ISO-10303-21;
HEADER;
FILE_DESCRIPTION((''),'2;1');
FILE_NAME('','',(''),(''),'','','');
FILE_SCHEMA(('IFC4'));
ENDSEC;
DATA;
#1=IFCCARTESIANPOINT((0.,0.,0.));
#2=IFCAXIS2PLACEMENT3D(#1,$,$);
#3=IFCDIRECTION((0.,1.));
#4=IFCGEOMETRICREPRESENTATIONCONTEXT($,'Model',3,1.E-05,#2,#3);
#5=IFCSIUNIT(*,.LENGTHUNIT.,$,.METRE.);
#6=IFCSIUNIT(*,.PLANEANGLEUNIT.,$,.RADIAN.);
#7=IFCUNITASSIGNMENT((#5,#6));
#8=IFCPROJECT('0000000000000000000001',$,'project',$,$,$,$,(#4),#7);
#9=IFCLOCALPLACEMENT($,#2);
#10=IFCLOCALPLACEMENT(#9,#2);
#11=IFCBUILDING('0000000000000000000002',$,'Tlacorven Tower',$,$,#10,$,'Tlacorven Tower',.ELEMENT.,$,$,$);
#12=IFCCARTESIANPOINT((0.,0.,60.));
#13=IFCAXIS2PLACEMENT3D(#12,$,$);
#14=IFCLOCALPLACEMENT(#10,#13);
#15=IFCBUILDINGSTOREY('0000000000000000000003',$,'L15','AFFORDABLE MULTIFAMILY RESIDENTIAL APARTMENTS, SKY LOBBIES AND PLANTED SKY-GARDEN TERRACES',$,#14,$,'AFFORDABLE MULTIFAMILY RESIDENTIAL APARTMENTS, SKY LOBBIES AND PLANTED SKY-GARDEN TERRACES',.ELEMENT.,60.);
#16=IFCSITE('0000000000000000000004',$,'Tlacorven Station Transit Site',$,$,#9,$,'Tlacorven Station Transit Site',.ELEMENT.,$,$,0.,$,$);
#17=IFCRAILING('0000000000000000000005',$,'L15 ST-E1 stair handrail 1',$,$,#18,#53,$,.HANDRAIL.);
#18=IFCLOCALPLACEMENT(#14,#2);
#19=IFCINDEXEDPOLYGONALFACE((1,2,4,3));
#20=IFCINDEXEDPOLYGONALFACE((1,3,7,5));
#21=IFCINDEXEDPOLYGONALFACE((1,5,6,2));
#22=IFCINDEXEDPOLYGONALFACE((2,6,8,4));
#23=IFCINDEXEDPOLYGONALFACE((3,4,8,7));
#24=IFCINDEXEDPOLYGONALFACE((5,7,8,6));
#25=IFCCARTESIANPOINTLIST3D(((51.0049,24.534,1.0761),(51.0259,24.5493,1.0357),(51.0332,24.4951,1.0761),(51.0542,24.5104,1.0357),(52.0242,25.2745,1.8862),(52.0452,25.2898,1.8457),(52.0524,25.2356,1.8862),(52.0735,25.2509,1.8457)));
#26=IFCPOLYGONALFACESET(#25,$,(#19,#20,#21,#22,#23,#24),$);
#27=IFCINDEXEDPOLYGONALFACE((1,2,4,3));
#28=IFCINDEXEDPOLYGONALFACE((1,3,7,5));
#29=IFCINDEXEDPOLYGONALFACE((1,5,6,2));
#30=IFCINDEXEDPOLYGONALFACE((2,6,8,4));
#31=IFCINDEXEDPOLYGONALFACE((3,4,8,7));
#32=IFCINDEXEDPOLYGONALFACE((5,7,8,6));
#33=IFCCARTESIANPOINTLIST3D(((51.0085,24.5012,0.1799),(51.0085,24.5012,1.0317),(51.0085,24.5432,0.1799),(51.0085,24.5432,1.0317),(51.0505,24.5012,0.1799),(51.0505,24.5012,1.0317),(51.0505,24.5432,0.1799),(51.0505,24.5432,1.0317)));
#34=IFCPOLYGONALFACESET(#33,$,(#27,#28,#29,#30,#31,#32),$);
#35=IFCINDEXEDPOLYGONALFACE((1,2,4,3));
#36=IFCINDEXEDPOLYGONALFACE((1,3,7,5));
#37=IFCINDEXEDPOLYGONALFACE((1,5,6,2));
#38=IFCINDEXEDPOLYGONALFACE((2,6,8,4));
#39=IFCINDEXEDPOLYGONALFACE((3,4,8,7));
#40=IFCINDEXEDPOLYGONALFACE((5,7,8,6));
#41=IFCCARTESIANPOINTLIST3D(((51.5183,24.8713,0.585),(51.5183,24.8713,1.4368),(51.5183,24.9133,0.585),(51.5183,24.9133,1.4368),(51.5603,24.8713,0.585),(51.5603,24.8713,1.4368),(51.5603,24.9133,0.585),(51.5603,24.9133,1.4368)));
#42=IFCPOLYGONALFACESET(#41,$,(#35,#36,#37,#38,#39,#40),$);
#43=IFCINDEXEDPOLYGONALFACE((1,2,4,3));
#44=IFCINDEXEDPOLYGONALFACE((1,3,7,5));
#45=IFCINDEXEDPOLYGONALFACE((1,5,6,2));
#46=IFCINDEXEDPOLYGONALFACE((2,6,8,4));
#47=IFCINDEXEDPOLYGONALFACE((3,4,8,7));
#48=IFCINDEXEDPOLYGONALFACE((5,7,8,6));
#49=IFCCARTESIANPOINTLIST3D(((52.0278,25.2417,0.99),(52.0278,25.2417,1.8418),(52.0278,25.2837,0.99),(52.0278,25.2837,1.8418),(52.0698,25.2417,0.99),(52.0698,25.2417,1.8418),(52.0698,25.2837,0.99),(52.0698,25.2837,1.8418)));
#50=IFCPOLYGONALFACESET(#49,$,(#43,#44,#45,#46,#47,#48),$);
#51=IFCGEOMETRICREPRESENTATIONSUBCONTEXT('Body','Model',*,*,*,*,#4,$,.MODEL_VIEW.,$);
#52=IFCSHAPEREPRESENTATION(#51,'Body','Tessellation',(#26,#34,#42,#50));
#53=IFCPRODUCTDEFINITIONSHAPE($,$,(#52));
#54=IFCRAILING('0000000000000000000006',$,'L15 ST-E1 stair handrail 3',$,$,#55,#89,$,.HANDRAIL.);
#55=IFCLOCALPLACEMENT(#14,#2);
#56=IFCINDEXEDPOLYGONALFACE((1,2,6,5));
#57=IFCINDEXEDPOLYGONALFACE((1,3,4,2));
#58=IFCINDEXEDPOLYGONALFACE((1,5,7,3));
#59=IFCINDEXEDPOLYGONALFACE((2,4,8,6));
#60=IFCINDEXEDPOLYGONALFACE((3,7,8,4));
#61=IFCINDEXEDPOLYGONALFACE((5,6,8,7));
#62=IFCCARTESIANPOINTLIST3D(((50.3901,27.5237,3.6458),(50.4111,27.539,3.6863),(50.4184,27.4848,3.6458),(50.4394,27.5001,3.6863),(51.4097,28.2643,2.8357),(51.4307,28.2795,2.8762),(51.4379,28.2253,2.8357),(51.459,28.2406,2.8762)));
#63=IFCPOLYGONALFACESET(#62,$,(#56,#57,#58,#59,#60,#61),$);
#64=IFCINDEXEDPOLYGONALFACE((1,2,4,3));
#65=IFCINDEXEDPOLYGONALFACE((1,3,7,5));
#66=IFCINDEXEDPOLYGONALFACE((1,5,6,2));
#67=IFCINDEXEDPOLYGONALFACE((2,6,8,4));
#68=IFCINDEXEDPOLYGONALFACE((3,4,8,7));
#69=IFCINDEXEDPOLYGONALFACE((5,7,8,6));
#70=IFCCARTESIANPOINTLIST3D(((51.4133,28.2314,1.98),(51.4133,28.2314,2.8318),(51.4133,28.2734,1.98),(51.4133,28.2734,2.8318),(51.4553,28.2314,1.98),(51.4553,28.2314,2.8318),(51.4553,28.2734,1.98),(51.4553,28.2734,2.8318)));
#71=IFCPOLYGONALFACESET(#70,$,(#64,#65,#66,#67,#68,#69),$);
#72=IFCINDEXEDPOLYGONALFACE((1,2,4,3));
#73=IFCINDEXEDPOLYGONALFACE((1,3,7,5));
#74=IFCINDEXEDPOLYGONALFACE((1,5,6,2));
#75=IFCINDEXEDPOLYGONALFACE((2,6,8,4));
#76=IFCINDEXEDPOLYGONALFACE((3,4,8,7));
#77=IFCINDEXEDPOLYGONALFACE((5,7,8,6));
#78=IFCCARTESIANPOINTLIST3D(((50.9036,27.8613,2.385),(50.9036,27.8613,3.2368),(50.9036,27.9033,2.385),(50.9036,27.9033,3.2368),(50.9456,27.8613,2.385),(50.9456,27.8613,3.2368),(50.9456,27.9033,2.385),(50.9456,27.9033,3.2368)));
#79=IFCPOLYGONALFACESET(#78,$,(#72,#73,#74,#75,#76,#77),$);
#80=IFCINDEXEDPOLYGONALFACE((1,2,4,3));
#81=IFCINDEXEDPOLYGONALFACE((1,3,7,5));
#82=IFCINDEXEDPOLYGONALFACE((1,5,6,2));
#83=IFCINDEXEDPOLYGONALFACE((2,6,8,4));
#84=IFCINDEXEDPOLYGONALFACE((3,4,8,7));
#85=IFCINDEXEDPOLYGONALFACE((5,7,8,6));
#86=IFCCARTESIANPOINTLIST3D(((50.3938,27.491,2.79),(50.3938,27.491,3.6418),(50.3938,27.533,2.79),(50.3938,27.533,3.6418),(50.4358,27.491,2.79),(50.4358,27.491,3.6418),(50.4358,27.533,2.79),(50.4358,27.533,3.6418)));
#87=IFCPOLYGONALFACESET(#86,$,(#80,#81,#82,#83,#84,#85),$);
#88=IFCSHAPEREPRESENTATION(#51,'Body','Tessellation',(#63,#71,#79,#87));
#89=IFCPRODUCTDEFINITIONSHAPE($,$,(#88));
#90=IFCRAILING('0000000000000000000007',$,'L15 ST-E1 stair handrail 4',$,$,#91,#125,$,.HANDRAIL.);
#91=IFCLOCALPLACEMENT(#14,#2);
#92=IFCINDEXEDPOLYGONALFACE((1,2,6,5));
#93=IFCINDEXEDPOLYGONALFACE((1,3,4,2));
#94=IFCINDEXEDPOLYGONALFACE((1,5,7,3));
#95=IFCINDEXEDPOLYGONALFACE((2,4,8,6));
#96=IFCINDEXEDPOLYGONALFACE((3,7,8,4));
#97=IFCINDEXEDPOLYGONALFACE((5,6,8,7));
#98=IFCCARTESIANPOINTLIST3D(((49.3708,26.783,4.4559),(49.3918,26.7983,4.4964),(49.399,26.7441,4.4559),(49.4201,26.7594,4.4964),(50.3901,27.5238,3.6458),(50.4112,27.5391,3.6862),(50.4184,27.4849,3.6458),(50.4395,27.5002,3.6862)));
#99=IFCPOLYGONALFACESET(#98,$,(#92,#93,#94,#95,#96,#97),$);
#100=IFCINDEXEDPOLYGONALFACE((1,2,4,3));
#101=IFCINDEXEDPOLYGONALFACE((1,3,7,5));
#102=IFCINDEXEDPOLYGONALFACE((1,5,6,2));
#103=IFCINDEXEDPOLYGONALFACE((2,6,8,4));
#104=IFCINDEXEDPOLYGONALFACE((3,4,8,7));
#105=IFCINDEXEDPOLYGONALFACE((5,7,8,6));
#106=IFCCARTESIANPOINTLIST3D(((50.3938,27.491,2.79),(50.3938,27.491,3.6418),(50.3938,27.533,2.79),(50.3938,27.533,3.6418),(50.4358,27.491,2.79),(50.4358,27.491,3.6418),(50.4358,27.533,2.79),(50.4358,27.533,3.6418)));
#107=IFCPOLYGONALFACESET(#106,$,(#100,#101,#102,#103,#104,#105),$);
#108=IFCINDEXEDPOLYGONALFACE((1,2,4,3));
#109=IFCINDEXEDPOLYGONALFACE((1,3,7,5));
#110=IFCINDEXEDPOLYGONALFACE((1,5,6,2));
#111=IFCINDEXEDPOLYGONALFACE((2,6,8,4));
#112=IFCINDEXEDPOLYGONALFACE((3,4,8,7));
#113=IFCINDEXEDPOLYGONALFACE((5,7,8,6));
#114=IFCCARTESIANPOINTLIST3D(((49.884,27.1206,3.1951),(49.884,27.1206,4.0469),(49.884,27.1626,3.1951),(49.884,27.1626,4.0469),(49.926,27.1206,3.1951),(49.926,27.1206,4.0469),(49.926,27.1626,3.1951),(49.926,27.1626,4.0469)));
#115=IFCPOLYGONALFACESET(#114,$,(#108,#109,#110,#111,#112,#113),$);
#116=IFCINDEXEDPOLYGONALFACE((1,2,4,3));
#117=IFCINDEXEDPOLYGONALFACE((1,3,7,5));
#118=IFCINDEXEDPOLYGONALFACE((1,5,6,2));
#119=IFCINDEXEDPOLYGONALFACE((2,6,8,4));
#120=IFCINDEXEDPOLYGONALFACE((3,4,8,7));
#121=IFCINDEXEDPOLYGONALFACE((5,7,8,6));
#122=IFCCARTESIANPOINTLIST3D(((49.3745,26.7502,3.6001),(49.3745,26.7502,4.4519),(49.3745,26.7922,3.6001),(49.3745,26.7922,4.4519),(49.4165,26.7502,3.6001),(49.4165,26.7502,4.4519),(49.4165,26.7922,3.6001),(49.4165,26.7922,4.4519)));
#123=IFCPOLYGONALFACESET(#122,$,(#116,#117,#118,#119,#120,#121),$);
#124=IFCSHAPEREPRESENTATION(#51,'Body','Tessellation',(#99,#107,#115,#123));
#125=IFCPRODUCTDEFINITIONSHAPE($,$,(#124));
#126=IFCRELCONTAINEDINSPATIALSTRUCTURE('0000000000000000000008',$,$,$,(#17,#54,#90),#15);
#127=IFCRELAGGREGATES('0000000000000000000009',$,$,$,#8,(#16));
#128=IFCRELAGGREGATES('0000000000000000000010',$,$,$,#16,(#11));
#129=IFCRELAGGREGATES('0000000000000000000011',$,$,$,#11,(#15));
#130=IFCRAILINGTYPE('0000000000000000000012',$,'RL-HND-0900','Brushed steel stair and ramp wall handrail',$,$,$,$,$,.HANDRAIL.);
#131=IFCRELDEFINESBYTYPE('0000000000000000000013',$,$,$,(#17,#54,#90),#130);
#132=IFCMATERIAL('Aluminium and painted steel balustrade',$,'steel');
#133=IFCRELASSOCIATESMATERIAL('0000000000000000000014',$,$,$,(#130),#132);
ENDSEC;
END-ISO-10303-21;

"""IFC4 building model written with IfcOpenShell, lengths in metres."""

from ifc_helpers import new_model, si_unit, direction, frame, origin, origin_2d, place, context, subcontext, project, spatial, rectangle, extrude, source, transform, mapped, material, type_object, element, save


model = new_model("IFC4")

# Units and contexts
model_context = context("Model", 3, precision=1e-05, world=origin(), true_north=direction((0.0, 1.0)))
body_context = subcontext(model_context, "Body", "Model", "MODEL_VIEW")
ifc_project = project(units=[si_unit("LENGTHUNIT", "METRE"), si_unit("PLANEANGLEUNIT", "RADIAN")], contexts=[model_context])

# Site, building, storey
site_placement = place(None, origin())
site = spatial("IfcSite", under=ifc_project, at=site_placement, Name="Tlacorven Station Transit Site", LongName="Tlacorven Station Transit Site", CompositionType="ELEMENT", RefElevation=0.0)
building_placement = place(site_placement, origin())
building = spatial("IfcBuilding", under=site, at=building_placement, Name="Tlacorven Tower", LongName="Tlacorven Tower", CompositionType="ELEMENT")
storey_placement = place(building_placement, frame((0.0, 0.0, 60.0)))
storey = spatial("IfcBuildingStorey", under=building, at=storey_placement, Name="L15", Description="AFFORDABLE MULTIFAMILY RESIDENTIAL APARTMENTS, SKY LOBBIES AND PLANTED SKY-GARDEN TERRACES", LongName="AFFORDABLE MULTIFAMILY RESIDENTIAL APARTMENTS, SKY LOBBIES AND PLANTED SKY-GARDEN TERRACES", CompositionType="ELEMENT", Elevation=60.0)

# Railings
ifc_material_1 = material(Name="Aluminium and painted steel balustrade", Category="steel")
railing_type_1 = type_object("IfcRailingType", Name="RL-HND-0900", Description="Brushed steel stair and ramp wall handrail", PredefinedType="HANDRAIL", material=ifc_material_1)
shared_shape_1 = source(origin(), body_context, "Body", "SweptSolid", [
    extrude(rectangle(XDim=0.0481, YDim=0.0481, at=origin_2d()), frame((0.0, 0.0, 0.876), z_axis=(0.680516, 0.494373, 0.540827), x_axis=(-0.587745, 0.809046, 0.0)), (0.0, 0.0, 1.0), 1.4978),
    extrude(rectangle(XDim=0.042, YDim=0.042, at=origin_2d()), origin(), (0.0, 0.0, 1.0), 0.8518),
    extrude(rectangle(XDim=0.042, YDim=0.042, at=origin_2d()), frame((0.5098, 0.3701, 0.405)), (0.0, 0.0, 1.0), 0.8518),
    extrude(rectangle(XDim=0.042, YDim=0.042, at=origin_2d()), frame((1.0193, 0.7405, 0.8101)), (0.0, 0.0, 1.0), 0.8518),
])
railing_1_placement = place(storey_placement, frame((51.0295, 24.5222, 0.1799)))
element("IfcRailing", 1, at=railing_1_placement, inside=storey, type_object=railing_type_1, Name="L15 ST-E1 stair handrail 1", PredefinedType="HANDRAIL", context=body_context, shape_type="MappedRepresentation", body=[
    mapped(shared_shape_1, transform((0.0, 0.0, 0.0), scale=1.0)),
])
shared_shape_2 = source(origin(), body_context, "Body", "SweptSolid", [
    extrude(rectangle(XDim=0.0481, YDim=0.0481, at=origin_2d()), frame((0.0, 0.0, 0.876), z_axis=(-0.680604, -0.494318, 0.540767), x_axis=(0.587653, -0.809113, 0.0)), (0.0, 0.0, 1.0), 1.498),
    extrude(rectangle(XDim=0.042, YDim=0.042, at=origin_2d()), origin(), (0.0, 0.0, 1.0), 0.8518),
    extrude(rectangle(XDim=0.042, YDim=0.042, at=origin_2d()), frame((-0.5098, -0.3701, 0.405)), (0.0, 0.0, 1.0), 0.8518),
    extrude(rectangle(XDim=0.042, YDim=0.042, at=origin_2d()), frame((-1.0195, -0.7405, 0.8101)), (0.0, 0.0, 1.0), 0.8518),
])
railing_2_placement = place(storey_placement, frame((51.4343, 28.2524, 1.98)))
element("IfcRailing", 2, at=railing_2_placement, inside=storey, type_object=railing_type_1, Name="L15 ST-E1 stair handrail 3", PredefinedType="HANDRAIL", context=body_context, shape_type="MappedRepresentation", body=[
    mapped(shared_shape_2, transform((0.0, 0.0, 0.0), scale=1.0)),
])
shared_shape_3 = source(origin(), body_context, "Body", "SweptSolid", [
    extrude(rectangle(XDim=0.0481, YDim=0.0481, at=origin_2d()), frame((0.0, 0.0, 0.876), z_axis=(-0.680461, -0.494496, 0.540783), x_axis=(0.587872, -0.808954, 0.0)), (0.0, 0.0, 1.0), 1.498),
    extrude(rectangle(XDim=0.042, YDim=0.042, at=origin_2d()), origin(), (0.0, 0.0, 1.0), 0.8518),
    extrude(rectangle(XDim=0.042, YDim=0.042, at=origin_2d()), frame((-0.5098, -0.3704, 0.405)), (0.0, 0.0, 1.0), 0.8518),
    extrude(rectangle(XDim=0.042, YDim=0.042, at=origin_2d()), frame((-1.0193, -0.7407, 0.8101)), (0.0, 0.0, 1.0), 0.8518),
])
railing_3_placement = place(storey_placement, frame((50.4148, 27.512, 2.79)))
element("IfcRailing", 3, at=railing_3_placement, inside=storey, type_object=railing_type_1, Name="L15 ST-E1 stair handrail 4", PredefinedType="HANDRAIL", context=body_context, shape_type="MappedRepresentation", body=[
    mapped(shared_shape_3, transform((0.0, 0.0, 0.0), scale=1.0)),
])

save(model, "model.ifc")
